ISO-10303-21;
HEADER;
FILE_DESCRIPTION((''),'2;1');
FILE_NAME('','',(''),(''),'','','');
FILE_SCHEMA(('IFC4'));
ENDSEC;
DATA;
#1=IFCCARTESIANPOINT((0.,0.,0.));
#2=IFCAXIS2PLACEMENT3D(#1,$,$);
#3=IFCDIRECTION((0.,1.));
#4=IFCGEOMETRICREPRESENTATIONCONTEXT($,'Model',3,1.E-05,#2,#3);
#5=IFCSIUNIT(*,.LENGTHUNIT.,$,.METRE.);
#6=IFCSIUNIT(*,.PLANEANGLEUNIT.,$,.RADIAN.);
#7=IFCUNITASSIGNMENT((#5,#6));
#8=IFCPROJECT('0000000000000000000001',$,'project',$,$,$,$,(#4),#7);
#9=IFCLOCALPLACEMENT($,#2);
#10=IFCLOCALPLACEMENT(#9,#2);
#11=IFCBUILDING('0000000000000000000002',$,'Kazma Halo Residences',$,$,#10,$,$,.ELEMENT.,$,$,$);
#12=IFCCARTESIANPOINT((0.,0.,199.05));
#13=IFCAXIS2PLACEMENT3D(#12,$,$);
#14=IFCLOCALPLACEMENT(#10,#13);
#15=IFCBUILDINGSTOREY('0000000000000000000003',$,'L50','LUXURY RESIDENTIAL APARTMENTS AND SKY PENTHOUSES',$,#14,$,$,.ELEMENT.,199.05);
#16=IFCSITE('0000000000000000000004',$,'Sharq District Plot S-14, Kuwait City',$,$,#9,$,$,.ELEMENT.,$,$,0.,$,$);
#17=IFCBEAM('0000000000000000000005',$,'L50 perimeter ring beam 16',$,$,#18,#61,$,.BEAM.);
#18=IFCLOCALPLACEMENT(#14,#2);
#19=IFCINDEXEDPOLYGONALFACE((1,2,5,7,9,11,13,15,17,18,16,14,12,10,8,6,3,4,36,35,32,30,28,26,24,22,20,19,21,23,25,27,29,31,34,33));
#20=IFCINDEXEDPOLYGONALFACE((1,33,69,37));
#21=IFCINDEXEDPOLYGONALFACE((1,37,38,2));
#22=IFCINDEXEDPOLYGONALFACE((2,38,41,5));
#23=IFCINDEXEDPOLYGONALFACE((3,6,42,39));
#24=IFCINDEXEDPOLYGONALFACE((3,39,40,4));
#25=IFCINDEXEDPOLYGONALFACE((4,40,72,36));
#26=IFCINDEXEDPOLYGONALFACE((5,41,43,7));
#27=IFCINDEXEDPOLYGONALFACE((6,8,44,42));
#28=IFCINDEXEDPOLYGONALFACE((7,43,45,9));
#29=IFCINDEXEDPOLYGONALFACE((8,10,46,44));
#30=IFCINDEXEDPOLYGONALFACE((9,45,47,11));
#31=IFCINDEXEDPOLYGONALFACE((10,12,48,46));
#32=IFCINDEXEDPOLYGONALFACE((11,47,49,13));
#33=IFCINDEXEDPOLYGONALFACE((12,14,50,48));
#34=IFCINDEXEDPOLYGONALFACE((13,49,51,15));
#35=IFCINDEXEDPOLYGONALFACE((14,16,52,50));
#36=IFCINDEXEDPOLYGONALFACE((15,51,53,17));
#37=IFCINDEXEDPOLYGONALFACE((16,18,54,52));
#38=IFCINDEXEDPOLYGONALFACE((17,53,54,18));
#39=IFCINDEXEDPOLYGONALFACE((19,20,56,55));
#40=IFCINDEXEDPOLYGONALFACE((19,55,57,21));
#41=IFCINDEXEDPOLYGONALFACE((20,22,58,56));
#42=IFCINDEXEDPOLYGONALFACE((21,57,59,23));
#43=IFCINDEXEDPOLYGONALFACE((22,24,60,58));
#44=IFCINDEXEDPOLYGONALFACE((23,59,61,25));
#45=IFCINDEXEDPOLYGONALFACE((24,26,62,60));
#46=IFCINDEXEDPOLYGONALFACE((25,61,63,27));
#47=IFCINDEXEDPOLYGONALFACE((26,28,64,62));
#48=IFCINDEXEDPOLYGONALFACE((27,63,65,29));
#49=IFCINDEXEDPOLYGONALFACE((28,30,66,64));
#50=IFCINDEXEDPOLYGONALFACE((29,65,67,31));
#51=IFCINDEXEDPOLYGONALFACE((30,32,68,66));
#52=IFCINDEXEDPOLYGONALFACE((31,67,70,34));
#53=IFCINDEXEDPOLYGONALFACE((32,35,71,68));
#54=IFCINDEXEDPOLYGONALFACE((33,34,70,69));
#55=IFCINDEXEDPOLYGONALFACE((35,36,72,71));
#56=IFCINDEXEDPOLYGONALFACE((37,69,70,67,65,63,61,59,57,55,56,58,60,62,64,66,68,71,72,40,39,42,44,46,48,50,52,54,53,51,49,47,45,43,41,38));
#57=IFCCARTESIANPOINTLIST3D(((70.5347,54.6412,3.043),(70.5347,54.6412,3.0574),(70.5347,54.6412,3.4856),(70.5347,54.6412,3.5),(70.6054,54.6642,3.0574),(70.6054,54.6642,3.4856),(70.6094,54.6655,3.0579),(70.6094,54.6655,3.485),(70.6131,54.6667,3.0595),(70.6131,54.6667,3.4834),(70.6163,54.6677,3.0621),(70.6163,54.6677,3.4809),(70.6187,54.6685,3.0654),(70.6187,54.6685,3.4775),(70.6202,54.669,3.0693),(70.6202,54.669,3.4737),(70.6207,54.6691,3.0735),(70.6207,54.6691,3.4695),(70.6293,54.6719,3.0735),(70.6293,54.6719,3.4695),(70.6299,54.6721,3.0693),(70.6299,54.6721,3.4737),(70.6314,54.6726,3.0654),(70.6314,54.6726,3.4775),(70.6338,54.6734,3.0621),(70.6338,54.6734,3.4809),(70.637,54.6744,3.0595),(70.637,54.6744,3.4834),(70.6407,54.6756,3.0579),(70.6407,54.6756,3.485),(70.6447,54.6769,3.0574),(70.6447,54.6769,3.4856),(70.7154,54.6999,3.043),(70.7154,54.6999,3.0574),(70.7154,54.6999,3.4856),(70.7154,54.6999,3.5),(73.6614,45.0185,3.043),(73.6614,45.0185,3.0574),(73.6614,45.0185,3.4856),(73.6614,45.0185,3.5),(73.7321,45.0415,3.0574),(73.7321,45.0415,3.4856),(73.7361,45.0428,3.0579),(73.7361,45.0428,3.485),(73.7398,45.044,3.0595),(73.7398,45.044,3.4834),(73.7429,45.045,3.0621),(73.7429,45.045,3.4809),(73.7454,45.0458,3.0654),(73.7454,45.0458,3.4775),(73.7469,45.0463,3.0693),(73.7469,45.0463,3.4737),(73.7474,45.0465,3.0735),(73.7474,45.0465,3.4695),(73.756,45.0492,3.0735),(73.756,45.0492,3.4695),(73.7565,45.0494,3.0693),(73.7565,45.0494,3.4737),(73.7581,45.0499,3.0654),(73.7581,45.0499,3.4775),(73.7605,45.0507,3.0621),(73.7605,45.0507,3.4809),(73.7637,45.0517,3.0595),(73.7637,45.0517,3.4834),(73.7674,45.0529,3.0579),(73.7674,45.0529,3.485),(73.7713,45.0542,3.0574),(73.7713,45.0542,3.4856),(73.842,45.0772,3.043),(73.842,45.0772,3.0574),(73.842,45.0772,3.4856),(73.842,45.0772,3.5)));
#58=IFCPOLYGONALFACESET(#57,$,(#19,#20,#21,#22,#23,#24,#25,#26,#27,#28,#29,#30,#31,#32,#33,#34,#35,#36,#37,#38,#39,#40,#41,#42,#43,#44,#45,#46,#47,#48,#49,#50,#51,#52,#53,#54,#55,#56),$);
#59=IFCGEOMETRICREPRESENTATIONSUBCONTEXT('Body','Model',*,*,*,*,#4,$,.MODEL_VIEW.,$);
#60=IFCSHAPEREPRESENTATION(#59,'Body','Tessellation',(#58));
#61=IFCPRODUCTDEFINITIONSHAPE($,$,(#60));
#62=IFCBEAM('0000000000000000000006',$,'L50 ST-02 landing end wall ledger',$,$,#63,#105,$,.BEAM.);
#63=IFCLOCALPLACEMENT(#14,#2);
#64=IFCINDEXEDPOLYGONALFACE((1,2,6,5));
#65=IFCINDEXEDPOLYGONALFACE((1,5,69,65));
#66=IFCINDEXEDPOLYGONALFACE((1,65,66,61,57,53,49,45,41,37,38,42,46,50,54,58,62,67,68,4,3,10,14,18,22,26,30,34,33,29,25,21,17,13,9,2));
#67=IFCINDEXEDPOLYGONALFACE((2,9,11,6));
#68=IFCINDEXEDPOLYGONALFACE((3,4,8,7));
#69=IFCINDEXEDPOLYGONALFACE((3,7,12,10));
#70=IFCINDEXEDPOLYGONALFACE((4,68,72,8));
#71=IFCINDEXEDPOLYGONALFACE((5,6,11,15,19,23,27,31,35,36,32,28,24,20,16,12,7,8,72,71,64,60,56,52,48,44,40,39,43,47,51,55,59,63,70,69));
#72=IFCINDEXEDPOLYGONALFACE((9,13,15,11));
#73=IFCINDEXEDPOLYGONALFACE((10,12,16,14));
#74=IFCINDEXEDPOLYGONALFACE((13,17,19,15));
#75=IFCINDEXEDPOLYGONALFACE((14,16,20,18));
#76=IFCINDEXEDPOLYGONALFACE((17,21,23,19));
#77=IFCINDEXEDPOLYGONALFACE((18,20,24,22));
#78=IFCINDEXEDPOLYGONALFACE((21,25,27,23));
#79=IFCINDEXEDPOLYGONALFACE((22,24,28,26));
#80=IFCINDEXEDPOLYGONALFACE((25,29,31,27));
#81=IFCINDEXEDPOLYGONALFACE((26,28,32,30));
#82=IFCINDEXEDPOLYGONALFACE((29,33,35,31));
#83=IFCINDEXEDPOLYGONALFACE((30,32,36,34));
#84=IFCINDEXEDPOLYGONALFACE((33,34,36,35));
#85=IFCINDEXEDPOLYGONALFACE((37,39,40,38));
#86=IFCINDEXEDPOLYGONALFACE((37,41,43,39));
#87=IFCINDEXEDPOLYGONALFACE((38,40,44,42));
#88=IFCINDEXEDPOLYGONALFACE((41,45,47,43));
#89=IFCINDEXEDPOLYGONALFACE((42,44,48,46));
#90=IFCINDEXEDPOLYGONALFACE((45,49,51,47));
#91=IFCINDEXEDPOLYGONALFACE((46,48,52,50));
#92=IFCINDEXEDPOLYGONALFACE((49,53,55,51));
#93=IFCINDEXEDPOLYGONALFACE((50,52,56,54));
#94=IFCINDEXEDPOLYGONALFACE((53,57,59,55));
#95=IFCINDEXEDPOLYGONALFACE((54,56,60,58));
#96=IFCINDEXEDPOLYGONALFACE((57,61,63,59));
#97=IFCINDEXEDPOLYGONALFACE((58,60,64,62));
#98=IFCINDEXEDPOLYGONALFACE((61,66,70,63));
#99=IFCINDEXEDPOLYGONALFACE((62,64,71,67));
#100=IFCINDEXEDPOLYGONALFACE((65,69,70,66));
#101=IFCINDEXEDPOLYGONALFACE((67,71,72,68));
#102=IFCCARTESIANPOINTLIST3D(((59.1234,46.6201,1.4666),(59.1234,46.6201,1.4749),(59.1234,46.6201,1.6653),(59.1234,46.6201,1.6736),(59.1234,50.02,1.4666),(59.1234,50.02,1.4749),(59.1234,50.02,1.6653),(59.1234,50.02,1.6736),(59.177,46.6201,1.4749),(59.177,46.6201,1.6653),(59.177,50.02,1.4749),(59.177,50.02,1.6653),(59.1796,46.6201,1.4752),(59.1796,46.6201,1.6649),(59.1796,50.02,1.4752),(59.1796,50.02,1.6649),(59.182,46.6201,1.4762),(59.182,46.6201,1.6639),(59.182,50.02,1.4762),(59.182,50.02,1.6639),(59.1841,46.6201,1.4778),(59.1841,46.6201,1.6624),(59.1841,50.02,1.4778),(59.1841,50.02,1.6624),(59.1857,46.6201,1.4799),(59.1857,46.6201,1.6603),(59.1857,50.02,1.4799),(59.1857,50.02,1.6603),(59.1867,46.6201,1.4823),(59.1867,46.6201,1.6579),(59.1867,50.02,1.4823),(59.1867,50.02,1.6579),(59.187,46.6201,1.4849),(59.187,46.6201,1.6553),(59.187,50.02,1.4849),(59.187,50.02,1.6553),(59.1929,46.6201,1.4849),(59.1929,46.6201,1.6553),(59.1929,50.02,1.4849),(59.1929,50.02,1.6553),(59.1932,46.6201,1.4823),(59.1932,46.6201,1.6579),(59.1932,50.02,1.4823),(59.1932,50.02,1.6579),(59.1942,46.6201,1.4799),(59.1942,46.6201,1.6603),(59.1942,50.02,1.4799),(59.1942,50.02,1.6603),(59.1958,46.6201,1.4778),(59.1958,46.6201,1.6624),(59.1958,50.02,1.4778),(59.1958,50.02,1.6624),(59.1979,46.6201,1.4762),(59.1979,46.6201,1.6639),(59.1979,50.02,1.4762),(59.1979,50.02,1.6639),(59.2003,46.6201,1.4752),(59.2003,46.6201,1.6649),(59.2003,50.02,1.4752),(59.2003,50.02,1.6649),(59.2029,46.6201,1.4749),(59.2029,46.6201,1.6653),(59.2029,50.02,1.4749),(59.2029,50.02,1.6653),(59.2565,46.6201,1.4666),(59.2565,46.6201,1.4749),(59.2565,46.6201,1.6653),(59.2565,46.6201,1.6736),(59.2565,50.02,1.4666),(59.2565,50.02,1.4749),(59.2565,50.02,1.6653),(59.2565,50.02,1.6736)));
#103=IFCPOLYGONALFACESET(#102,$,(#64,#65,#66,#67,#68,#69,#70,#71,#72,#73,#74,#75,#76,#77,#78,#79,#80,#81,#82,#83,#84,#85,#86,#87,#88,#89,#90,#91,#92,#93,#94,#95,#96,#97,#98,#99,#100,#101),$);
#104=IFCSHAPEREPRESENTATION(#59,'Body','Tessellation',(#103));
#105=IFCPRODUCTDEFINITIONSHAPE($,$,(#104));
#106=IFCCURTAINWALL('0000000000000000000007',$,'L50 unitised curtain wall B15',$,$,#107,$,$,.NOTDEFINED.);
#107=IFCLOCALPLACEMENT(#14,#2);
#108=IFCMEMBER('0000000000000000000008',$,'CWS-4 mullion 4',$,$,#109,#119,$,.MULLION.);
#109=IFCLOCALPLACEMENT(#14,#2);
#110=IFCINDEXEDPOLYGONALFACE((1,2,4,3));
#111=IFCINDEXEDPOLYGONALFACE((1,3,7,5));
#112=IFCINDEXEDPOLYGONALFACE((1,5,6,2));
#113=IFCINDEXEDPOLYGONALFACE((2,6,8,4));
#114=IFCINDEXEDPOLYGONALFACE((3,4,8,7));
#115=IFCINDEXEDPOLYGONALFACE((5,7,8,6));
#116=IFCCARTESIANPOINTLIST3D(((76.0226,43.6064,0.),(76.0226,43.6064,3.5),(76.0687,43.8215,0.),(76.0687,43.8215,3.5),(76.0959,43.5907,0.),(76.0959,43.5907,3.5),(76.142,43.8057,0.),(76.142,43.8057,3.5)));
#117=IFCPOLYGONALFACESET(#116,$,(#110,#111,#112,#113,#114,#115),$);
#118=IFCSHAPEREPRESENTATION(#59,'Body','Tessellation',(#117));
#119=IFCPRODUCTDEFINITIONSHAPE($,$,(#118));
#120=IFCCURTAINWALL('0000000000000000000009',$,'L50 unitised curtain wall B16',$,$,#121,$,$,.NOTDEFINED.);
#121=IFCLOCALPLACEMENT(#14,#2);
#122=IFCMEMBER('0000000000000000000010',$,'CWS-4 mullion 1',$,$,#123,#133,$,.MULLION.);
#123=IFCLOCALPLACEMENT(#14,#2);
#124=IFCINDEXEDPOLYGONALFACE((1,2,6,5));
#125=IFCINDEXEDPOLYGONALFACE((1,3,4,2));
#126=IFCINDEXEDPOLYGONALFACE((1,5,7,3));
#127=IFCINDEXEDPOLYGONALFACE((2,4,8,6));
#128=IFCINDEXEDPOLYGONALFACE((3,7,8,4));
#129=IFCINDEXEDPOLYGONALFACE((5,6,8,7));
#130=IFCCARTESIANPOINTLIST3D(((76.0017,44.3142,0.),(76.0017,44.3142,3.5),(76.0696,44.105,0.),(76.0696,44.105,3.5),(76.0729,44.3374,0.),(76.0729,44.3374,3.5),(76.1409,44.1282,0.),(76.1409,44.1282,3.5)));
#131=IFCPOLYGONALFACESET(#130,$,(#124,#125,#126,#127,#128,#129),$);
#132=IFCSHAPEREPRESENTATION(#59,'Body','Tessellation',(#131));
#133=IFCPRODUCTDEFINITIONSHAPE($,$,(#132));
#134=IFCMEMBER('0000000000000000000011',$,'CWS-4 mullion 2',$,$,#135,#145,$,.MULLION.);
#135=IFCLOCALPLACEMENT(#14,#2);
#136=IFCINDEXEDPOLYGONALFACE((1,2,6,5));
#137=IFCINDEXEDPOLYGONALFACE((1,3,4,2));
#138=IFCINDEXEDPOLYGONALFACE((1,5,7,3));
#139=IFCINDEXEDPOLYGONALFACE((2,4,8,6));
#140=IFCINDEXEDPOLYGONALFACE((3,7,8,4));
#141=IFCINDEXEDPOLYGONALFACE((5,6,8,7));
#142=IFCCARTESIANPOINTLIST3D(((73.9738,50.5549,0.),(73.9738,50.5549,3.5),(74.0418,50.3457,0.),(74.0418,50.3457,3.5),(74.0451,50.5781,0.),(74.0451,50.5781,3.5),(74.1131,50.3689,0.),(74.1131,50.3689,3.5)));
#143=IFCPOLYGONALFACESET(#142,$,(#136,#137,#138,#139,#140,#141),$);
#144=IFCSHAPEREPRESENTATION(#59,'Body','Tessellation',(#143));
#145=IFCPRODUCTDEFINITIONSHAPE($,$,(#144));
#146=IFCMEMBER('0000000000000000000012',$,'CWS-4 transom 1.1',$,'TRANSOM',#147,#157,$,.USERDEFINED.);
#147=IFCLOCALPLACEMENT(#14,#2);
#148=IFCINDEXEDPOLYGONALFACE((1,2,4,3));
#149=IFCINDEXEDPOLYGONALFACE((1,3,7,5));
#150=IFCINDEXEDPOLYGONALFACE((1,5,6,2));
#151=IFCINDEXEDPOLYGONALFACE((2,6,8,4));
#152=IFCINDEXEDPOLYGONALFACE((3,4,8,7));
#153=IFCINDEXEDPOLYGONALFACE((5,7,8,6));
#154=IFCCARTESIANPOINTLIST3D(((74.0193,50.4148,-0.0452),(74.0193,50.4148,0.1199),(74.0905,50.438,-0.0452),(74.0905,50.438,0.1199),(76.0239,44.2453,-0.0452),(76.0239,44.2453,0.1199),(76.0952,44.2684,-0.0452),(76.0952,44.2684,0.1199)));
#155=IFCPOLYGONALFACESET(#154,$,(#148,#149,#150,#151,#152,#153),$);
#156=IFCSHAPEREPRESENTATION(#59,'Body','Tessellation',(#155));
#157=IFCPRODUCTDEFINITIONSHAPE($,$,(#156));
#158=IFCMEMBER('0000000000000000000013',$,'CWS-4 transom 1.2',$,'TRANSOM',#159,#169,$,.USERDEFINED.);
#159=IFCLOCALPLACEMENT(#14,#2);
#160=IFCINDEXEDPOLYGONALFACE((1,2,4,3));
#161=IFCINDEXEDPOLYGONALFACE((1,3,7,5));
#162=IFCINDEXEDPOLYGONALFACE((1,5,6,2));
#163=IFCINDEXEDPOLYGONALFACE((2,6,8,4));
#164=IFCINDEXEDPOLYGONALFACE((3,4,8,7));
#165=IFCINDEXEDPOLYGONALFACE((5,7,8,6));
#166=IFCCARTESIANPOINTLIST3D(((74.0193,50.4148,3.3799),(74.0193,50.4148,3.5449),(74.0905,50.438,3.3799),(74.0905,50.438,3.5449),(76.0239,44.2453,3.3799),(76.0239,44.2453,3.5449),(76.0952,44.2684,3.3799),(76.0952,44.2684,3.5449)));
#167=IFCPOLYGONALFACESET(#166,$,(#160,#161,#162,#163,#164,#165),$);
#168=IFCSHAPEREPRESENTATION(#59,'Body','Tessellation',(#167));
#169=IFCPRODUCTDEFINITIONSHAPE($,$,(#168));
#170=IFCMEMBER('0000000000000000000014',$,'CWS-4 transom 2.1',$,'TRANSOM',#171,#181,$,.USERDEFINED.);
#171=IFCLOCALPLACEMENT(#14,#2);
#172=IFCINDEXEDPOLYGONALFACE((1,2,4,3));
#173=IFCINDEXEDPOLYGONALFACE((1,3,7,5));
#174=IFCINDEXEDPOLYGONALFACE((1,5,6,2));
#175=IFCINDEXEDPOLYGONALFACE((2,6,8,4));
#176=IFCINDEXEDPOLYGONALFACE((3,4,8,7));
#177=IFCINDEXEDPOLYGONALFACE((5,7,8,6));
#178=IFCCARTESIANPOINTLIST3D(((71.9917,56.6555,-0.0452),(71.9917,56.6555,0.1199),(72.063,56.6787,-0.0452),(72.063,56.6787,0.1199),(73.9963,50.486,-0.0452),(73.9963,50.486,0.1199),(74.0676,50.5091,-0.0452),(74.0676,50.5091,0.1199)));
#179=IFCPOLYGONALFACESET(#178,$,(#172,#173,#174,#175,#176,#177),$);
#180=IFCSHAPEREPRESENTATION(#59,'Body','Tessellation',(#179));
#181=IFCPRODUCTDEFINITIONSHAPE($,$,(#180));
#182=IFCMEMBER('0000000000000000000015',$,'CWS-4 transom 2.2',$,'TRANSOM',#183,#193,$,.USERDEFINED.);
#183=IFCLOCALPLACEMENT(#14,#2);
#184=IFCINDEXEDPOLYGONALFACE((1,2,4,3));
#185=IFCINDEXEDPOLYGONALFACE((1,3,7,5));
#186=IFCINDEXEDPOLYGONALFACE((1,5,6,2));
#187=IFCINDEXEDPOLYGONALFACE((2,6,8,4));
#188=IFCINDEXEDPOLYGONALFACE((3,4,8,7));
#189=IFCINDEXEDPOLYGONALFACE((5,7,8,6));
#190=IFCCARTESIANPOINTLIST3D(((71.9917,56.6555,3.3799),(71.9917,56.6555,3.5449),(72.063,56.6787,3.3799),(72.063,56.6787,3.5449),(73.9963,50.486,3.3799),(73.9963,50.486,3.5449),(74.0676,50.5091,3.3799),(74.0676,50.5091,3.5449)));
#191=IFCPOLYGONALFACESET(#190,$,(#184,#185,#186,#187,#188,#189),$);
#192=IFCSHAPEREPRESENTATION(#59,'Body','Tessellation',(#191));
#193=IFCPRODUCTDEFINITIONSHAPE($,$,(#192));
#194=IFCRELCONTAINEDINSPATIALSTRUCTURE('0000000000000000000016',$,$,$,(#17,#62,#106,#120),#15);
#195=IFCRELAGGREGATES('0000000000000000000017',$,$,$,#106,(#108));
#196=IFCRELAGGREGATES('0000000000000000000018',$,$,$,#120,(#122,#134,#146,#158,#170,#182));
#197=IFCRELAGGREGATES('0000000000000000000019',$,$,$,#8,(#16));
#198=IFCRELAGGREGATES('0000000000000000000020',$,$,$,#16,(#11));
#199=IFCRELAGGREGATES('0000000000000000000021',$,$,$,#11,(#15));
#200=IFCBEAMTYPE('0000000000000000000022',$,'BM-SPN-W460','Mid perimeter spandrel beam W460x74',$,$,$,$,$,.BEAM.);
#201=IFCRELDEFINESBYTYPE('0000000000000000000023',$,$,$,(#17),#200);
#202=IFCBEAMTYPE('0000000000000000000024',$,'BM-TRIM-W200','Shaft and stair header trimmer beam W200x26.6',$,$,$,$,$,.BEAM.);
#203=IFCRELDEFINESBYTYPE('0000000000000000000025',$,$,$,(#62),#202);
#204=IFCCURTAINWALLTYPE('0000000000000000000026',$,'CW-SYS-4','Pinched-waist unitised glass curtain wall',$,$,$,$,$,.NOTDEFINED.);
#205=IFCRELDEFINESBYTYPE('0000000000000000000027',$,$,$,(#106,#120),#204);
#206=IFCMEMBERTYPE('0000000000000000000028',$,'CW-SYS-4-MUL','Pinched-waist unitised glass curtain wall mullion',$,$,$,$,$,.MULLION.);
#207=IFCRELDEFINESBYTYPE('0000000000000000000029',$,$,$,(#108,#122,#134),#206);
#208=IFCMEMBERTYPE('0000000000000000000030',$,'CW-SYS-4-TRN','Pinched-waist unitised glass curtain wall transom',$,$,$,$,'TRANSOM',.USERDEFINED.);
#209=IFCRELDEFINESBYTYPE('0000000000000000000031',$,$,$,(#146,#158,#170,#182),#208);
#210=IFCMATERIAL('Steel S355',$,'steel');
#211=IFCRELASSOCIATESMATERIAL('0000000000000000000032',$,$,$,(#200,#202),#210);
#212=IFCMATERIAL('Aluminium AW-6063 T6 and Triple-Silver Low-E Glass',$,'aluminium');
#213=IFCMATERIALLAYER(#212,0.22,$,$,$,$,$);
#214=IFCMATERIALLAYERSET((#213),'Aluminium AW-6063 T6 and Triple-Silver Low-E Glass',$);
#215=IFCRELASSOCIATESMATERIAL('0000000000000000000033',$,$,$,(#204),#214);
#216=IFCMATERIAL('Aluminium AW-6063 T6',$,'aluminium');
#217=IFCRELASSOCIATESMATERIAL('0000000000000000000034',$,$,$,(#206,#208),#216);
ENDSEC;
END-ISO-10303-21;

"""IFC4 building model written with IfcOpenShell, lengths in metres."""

from ifc_helpers import new_model, si_unit, direction, frame, origin, origin_2d, place, context, subcontext, project, spatial, rectangle, i_section, extrude, material, layer, layer_set, material_profile, profile_set, type_object, element, aggregate, save


model = new_model("IFC4")

# Units and contexts
model_context = context("Model", 3, precision=1e-05, world=origin(), true_north=direction((0.0, 1.0)))
body_context = subcontext(model_context, "Body", "Model", "MODEL_VIEW")
ifc_project = project(units=[si_unit("LENGTHUNIT", "METRE"), si_unit("PLANEANGLEUNIT", "RADIAN")], contexts=[model_context])

# Site, building, storey
site_placement = place(None, origin())
site = spatial("IfcSite", under=ifc_project, at=site_placement, Name="Sharq District Plot S-14, Kuwait City", CompositionType="ELEMENT", RefElevation=0.0)
building_placement = place(site_placement, origin())
building = spatial("IfcBuilding", under=site, at=building_placement, Name="Kazma Halo Residences", CompositionType="ELEMENT")
storey_placement = place(building_placement, frame((0.0, 0.0, 199.05)))
storey = spatial("IfcBuildingStorey", under=building, at=storey_placement, Name="L50", Description="LUXURY RESIDENTIAL APARTMENTS AND SKY PENTHOUSES", CompositionType="ELEMENT", Elevation=199.05)

# Beams
ifc_material_1 = material(Name="Steel S355", Category="steel")
ifc_material_profile_1 = material_profile(ifc_material_1, i_section(OverallWidth=0.1899, OverallDepth=0.457, WebThickness=0.009, FlangeThickness=0.0144, FilletRadius=0.0161, at=origin_2d()), Name="W460x74")
ifc_profile_set_1 = profile_set([ifc_material_profile_1], Name="Steel S355")
beam_type_1 = type_object("IfcBeamType", Name="BM-SPN-W460", Description="Mid perimeter spandrel beam W460x74", PredefinedType="BEAM", material=ifc_profile_set_1)
beam_1_placement = place(storey_placement, frame((73.7517, 45.0479, 3.2715), z_axis=(-0.309023, 0.951054, 0.0), x_axis=(-0.951054, -0.309023, 0.0)))
element("IfcBeam", 1, at=beam_1_placement, inside=storey, type_object=beam_type_1, Name="L50 perimeter ring beam 16", PredefinedType="BEAM", context=body_context, shape_type="SweptSolid", body=[
    extrude(i_section(OverallWidth=0.1899, OverallDepth=0.457, WebThickness=0.009, FlangeThickness=0.0144, FilletRadius=0.0161, at=origin_2d()), origin(), (0.0, 0.0, 1.0), 10.1179),
])
ifc_material_profile_2 = material_profile(ifc_material_1, i_section(OverallWidth=0.1331, OverallDepth=0.207, WebThickness=0.0059, FlangeThickness=0.0083, FilletRadius=0.01, at=origin_2d()), Name="W200x26.6")
ifc_profile_set_2 = profile_set([ifc_material_profile_2], Name="Steel S355")
beam_type_2 = type_object("IfcBeamType", Name="BM-TRIM-W200", Description="Shaft and stair header trimmer beam W200x26.6", PredefinedType="BEAM", material=ifc_profile_set_2)
beam_2_placement = place(storey_placement, frame((59.1899, 46.6201, 1.5701), z_axis=(0.0, 1.0, 0.0), x_axis=(-1.0, 0.0, 0.0)))
element("IfcBeam", 2, at=beam_2_placement, inside=storey, type_object=beam_type_2, Name="L50 ST-02 landing end wall ledger", PredefinedType="BEAM", context=body_context, shape_type="SweptSolid", body=[
    extrude(i_section(OverallWidth=0.1331, OverallDepth=0.207, WebThickness=0.0059, FlangeThickness=0.0083, FilletRadius=0.01, at=origin_2d()), origin(), (0.0, 0.0, 1.0), 3.3999),
])

# Curtain wall, member
ifc_material_2 = material(Name="Aluminium AW-6063 T6 and Triple-Silver Low-E Glass", Category="aluminium")
ifc_layer_1 = layer(ifc_material_2, 0.22)
ifc_layer_set_1 = layer_set([ifc_layer_1], Name="Aluminium AW-6063 T6 and Triple-Silver Low-E Glass")
curtain_wall_type = type_object("IfcCurtainWallType", Name="CW-SYS-4", Description="Pinched-waist unitised glass curtain wall", PredefinedType="NOTDEFINED", material=ifc_layer_set_1)
curtain_wall_1_placement = place(storey_placement, origin())
curtain_wall_1 = element("IfcCurtainWall", 3, at=curtain_wall_1_placement, inside=storey, type_object=curtain_wall_type, Name="L50 unitised curtain wall B15", PredefinedType="NOTDEFINED")
ifc_material_3 = material(Name="Aluminium AW-6063 T6", Category="aluminium")
ifc_material_profile_3 = material_profile(ifc_material_3, rectangle(XDim=0.075, YDim=0.22, at=origin_2d()), Name="CWM-75x220")
ifc_profile_set_3 = profile_set([ifc_material_profile_3], Name="Aluminium AW-6063 T6")
member_type_1 = type_object("IfcMemberType", Name="CW-SYS-4-MUL", Description="Pinched-waist unitised glass curtain wall mullion", PredefinedType="MULLION", material=ifc_profile_set_3)
member_1_placement = place(storey_placement, frame((76.0823, 43.7061, 0.0), z_axis=(0.0, 0.0, 1.0), x_axis=(-0.977768, 0.20969, 0.0)))
member_1 = element("IfcMember", 4, at=member_1_placement, type_object=member_type_1, Name="CWS-4 mullion 4", PredefinedType="MULLION", context=body_context, shape_type="SweptSolid", body=[
    extrude(rectangle(XDim=0.075, YDim=0.22, at=origin_2d()), origin(), (0.0, 0.0, 1.0), 3.5),
])
aggregate(curtain_wall_1, [member_1])

# Curtain wall, members
curtain_wall_2_placement = place(storey_placement, origin())
curtain_wall_2 = element("IfcCurtainWall", 5, at=curtain_wall_2_placement, inside=storey, type_object=curtain_wall_type, Name="L50 unitised curtain wall B16", PredefinedType="NOTDEFINED")
member_2_placement = place(storey_placement, frame((76.0713, 44.2212, 0.0), z_axis=(0.0, 0.0, 1.0), x_axis=(-0.951057, -0.309016, 0.0)))
member_2 = element("IfcMember", 6, at=member_2_placement, type_object=member_type_1, Name="CWS-4 mullion 1", PredefinedType="MULLION", context=body_context, shape_type="SweptSolid", body=[
    extrude(rectangle(XDim=0.075, YDim=0.22, at=origin_2d()), origin(), (0.0, 0.0, 1.0), 3.5),
])
member_3_placement = place(storey_placement, frame((74.0435, 50.4619, 0.0), z_axis=(0.0, 0.0, 1.0), x_axis=(-0.951057, -0.309016, 0.0)))
member_3 = element("IfcMember", 7, at=member_3_placement, type_object=member_type_1, Name="CWS-4 mullion 2", PredefinedType="MULLION", context=body_context, shape_type="SweptSolid", body=[
    extrude(rectangle(XDim=0.075, YDim=0.22, at=origin_2d()), origin(), (0.0, 0.0, 1.0), 3.5),
])
ifc_material_profile_4 = material_profile(ifc_material_3, rectangle(XDim=0.075, YDim=0.165, at=origin_2d()), Name="CWT-75x165")
ifc_profile_set_4 = profile_set([ifc_material_profile_4], Name="Aluminium AW-6063 T6")
member_type_2 = type_object("IfcMemberType", Name="CW-SYS-4-TRN", Description="Pinched-waist unitised glass curtain wall transom", ElementType="TRANSOM", PredefinedType="USERDEFINED", material=ifc_profile_set_4)
member_4_placement = place(storey_placement, frame((76.0596, 44.2568, 0.0374), z_axis=(-0.309027, 0.951053, 0.0), x_axis=(-0.951053, -0.309027, 0.0)))
member_4 = element("IfcMember", 8, at=member_4_placement, type_object=member_type_2, Name="CWS-4 transom 1.1", ObjectType="TRANSOM", PredefinedType="USERDEFINED", context=body_context, shape_type="SweptSolid", body=[
    extrude(rectangle(XDim=0.075, YDim=0.165, at=origin_2d()), origin(), (0.0, 0.0, 1.0), 6.4871),
])
member_5_placement = place(storey_placement, frame((76.0596, 44.2568, 3.4624), z_axis=(-0.309027, 0.951053, 0.0), x_axis=(-0.951053, -0.309027, 0.0)))
member_5 = element("IfcMember", 9, at=member_5_placement, type_object=member_type_2, Name="CWS-4 transom 1.2", ObjectType="TRANSOM", PredefinedType="USERDEFINED", context=body_context, shape_type="SweptSolid", body=[
    extrude(rectangle(XDim=0.075, YDim=0.165, at=origin_2d()), origin(), (0.0, 0.0, 1.0), 6.4871),
])
member_6_placement = place(storey_placement, frame((74.032, 50.4976, 0.0374), z_axis=(-0.309015, 0.951057, 0.0), x_axis=(-0.951057, -0.309015, 0.0)))
member_6 = element("IfcMember", 10, at=member_6_placement, type_object=member_type_2, Name="CWS-4 transom 2.1", ObjectType="TRANSOM", PredefinedType="USERDEFINED", context=body_context, shape_type="SweptSolid", body=[
    extrude(rectangle(XDim=0.075, YDim=0.165, at=origin_2d()), origin(), (0.0, 0.0, 1.0), 6.4871),
])
member_7_placement = place(storey_placement, frame((74.032, 50.4976, 3.4624), z_axis=(-0.309015, 0.951057, 0.0), x_axis=(-0.951057, -0.309015, 0.0)))
member_7 = element("IfcMember", 11, at=member_7_placement, type_object=member_type_2, Name="CWS-4 transom 2.2", ObjectType="TRANSOM", PredefinedType="USERDEFINED", context=body_context, shape_type="SweptSolid", body=[
    extrude(rectangle(XDim=0.075, YDim=0.165, at=origin_2d()), origin(), (0.0, 0.0, 1.0), 6.4871),
])
aggregate(curtain_wall_2, [member_2, member_3, member_4, member_5, member_6, member_7])

save(model, "model.ifc")
